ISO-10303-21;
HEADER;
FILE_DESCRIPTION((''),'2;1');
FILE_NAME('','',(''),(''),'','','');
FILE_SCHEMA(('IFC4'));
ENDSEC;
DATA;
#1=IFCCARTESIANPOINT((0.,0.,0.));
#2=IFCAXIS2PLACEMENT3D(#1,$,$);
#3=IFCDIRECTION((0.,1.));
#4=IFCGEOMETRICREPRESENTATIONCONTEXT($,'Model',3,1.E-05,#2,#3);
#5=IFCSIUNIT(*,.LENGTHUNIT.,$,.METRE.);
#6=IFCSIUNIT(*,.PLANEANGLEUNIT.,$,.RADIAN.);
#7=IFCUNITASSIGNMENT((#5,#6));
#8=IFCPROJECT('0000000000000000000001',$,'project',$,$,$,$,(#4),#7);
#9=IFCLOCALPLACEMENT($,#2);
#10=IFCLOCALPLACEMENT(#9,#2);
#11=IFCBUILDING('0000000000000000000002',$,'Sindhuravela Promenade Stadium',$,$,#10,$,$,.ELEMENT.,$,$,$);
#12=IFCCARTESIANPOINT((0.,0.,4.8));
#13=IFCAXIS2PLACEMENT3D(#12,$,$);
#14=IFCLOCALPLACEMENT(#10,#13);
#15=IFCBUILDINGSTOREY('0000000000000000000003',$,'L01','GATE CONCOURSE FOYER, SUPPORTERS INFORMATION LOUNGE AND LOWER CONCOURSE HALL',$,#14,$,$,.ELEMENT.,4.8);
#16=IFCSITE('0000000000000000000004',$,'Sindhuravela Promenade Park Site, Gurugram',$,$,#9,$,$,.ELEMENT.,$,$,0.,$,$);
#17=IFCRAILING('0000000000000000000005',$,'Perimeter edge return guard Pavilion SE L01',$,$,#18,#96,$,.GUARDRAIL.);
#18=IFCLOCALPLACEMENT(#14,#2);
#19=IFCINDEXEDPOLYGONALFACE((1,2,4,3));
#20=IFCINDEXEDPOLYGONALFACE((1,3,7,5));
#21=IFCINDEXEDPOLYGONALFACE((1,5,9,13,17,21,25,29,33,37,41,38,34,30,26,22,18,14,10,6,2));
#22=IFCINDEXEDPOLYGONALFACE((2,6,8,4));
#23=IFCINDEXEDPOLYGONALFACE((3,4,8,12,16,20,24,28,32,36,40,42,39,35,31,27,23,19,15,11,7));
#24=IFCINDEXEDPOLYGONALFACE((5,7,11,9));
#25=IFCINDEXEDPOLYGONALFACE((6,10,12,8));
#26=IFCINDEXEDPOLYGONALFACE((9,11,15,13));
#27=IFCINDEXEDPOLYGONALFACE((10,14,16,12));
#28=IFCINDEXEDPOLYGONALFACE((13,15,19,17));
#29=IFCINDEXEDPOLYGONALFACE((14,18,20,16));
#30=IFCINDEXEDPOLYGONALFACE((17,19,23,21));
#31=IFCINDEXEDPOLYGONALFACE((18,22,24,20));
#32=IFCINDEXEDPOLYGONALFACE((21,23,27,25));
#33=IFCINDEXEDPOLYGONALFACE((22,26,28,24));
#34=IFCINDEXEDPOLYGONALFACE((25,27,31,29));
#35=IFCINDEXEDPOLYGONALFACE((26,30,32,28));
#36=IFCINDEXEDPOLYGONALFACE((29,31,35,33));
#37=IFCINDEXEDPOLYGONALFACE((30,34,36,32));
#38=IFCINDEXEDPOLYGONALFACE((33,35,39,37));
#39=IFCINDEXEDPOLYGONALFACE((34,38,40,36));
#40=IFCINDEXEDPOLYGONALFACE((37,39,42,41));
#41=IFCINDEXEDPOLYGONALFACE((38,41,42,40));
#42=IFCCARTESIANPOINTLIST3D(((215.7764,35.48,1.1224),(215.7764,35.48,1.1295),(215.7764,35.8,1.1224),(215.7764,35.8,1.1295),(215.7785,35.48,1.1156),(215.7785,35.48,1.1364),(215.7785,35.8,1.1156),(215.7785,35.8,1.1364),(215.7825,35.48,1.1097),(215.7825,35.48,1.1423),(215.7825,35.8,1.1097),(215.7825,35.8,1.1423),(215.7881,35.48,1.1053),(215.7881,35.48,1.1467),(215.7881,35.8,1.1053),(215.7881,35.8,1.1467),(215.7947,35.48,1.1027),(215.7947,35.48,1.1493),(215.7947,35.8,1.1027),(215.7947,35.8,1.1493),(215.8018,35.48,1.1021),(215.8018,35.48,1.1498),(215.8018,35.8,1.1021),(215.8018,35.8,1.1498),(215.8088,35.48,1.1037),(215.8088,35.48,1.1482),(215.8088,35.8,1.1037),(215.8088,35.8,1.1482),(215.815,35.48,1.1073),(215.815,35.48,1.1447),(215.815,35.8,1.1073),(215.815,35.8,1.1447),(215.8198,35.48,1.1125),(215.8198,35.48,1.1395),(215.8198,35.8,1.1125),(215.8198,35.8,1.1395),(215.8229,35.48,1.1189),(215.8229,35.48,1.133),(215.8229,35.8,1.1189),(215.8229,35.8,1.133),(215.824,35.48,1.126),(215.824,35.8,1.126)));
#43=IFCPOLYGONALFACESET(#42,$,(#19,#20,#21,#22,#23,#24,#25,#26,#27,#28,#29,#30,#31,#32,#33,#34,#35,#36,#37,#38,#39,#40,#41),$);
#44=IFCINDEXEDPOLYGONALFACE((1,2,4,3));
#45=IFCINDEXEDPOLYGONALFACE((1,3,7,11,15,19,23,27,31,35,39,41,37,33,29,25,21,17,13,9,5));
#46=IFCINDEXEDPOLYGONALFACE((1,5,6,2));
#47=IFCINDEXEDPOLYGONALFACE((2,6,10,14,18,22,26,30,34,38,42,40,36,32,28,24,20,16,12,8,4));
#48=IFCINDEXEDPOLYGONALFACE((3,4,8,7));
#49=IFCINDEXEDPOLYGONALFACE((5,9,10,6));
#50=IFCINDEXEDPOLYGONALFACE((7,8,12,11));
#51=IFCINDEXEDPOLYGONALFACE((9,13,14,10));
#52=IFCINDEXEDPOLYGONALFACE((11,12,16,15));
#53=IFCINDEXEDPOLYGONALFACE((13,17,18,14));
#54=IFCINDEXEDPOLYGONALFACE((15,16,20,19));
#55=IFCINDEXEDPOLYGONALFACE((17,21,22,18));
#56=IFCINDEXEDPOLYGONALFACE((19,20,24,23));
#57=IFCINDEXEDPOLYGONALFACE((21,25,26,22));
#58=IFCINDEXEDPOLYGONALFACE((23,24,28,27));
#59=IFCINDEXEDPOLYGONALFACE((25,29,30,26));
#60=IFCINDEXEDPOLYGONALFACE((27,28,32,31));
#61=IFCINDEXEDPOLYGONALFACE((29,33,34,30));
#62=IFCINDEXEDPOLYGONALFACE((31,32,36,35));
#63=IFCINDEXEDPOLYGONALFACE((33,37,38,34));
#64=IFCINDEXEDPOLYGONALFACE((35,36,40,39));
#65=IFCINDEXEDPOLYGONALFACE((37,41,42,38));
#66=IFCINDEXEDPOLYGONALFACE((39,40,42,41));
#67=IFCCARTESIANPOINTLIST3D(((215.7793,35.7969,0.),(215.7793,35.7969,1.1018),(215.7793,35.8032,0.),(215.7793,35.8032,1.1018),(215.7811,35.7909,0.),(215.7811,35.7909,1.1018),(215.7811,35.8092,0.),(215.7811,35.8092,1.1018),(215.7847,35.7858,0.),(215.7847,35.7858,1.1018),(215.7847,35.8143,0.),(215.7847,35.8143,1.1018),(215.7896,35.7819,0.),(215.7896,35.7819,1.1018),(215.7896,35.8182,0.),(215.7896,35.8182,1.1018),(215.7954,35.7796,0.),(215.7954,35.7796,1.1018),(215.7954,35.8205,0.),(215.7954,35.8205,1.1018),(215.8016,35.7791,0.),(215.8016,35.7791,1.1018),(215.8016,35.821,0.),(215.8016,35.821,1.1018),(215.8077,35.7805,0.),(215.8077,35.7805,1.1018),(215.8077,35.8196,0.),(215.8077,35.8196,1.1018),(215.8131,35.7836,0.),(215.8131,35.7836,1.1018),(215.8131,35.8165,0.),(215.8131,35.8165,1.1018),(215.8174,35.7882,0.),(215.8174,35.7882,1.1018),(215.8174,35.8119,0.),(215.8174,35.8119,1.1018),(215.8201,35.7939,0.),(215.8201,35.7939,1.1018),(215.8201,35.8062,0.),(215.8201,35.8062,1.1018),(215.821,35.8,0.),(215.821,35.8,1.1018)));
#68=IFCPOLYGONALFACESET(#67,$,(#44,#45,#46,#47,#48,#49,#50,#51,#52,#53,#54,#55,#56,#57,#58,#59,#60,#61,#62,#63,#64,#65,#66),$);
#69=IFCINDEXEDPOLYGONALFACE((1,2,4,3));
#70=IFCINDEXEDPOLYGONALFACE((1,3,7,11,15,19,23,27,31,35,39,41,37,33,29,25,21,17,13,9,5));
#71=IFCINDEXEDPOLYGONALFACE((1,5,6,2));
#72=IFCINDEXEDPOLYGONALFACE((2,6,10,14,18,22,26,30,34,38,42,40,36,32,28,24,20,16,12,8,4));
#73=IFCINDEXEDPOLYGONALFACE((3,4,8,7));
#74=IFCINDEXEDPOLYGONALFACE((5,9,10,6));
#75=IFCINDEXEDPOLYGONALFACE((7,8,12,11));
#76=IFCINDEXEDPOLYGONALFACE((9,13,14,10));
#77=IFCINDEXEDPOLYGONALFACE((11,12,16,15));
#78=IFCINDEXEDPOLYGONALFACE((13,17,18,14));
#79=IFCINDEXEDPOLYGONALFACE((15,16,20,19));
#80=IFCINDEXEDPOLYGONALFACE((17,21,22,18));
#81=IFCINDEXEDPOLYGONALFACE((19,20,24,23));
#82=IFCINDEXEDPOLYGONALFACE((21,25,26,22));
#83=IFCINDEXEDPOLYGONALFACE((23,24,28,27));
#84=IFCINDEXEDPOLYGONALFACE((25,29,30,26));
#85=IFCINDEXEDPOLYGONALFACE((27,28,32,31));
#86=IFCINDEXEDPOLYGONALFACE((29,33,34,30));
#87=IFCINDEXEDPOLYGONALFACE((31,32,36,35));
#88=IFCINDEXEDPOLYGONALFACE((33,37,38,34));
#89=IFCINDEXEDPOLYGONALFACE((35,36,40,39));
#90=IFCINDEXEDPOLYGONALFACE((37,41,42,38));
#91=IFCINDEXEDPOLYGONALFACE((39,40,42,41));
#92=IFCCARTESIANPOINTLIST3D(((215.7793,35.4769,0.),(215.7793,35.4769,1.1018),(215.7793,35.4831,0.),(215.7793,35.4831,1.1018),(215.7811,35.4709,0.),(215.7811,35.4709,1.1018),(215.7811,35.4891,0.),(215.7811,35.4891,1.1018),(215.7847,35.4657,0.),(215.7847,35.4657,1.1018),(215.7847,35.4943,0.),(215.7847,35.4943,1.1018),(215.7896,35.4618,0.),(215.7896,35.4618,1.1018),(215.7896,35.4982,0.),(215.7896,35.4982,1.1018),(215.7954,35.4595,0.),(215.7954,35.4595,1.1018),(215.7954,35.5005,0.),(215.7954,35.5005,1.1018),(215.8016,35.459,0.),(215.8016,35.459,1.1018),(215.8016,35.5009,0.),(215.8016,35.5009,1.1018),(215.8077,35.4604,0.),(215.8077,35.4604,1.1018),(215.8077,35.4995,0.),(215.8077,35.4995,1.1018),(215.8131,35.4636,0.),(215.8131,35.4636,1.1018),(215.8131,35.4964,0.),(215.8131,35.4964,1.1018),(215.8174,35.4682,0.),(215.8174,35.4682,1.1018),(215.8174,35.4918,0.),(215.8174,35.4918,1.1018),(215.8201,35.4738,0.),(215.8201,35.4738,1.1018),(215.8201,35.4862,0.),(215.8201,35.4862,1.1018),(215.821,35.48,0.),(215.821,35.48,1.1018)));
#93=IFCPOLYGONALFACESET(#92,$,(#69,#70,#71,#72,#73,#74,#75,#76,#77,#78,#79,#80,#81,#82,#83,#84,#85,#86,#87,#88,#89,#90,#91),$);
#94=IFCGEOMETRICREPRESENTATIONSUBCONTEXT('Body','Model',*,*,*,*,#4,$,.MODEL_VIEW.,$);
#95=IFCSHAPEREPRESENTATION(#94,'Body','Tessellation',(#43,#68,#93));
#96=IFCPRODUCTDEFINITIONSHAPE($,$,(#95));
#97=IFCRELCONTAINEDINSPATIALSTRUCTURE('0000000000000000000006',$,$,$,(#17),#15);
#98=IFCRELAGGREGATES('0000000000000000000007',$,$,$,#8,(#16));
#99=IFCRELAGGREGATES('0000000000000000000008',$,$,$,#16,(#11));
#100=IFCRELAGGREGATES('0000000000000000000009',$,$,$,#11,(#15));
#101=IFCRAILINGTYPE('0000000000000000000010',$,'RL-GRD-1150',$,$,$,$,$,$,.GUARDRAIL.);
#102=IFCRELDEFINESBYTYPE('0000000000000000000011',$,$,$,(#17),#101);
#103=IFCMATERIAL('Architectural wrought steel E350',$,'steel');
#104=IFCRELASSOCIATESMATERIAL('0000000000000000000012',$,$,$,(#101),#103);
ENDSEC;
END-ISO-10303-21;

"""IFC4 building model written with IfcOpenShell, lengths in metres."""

from ifc_helpers import new_model, si_unit, direction, frame, origin, origin_2d, place, context, subcontext, project, spatial, circle, extrude, material, type_object, element, save


model = new_model("IFC4")

# Units and contexts
model_context = context("Model", 3, precision=1e-05, world=origin(), true_north=direction((0.0, 1.0)))
body_context = subcontext(model_context, "Body", "Model", "MODEL_VIEW")
ifc_project = project(units=[si_unit("LENGTHUNIT", "METRE"), si_unit("PLANEANGLEUNIT", "RADIAN")], contexts=[model_context])

# Site, building, storey
site_placement = place(None, origin())
site = spatial("IfcSite", under=ifc_project, at=site_placement, Name="Sindhuravela Promenade Park Site, Gurugram", CompositionType="ELEMENT", RefElevation=0.0)
building_placement = place(site_placement, origin())
building = spatial("IfcBuilding", under=site, at=building_placement, Name="Sindhuravela Promenade Stadium", CompositionType="ELEMENT")
storey_placement = place(building_placement, frame((0.0, 0.0, 4.8)))
storey = spatial("IfcBuildingStorey", under=building, at=storey_placement, Name="L01", Description="GATE CONCOURSE FOYER, SUPPORTERS INFORMATION LOUNGE AND LOWER CONCOURSE HALL", CompositionType="ELEMENT", Elevation=4.8)

# Railing
ifc_material_1 = material(Name="Architectural wrought steel E350", Category="steel")
railing_type = type_object("IfcRailingType", Name="RL-GRD-1150", PredefinedType="GUARDRAIL", material=ifc_material_1)
railing_1_placement = place(storey_placement, frame((215.8, 35.8, 0.0)))
element("IfcRailing", 1, at=railing_1_placement, inside=storey, type_object=railing_type, Name="Perimeter edge return guard Pavilion SE L01", PredefinedType="GUARDRAIL", context=body_context, shape_type="SweptSolid", body=[
    extrude(circle(Radius=0.0239, at=origin_2d()), frame((0.0, 0.0, 1.126), z_axis=(0.0, -1.0, 0.0), x_axis=(1.0, 0.0, 0.0)), (0.0, 0.0, 1.0), 0.3201),
    extrude(circle(Radius=0.021, at=origin_2d()), origin(), (0.0, 0.0, 1.0), 1.1018),
    extrude(circle(Radius=0.021, at=origin_2d()), frame((0.0, -0.3201, 0.0)), (0.0, 0.0, 1.0), 1.1018),
])

save(model, "model.ifc")
